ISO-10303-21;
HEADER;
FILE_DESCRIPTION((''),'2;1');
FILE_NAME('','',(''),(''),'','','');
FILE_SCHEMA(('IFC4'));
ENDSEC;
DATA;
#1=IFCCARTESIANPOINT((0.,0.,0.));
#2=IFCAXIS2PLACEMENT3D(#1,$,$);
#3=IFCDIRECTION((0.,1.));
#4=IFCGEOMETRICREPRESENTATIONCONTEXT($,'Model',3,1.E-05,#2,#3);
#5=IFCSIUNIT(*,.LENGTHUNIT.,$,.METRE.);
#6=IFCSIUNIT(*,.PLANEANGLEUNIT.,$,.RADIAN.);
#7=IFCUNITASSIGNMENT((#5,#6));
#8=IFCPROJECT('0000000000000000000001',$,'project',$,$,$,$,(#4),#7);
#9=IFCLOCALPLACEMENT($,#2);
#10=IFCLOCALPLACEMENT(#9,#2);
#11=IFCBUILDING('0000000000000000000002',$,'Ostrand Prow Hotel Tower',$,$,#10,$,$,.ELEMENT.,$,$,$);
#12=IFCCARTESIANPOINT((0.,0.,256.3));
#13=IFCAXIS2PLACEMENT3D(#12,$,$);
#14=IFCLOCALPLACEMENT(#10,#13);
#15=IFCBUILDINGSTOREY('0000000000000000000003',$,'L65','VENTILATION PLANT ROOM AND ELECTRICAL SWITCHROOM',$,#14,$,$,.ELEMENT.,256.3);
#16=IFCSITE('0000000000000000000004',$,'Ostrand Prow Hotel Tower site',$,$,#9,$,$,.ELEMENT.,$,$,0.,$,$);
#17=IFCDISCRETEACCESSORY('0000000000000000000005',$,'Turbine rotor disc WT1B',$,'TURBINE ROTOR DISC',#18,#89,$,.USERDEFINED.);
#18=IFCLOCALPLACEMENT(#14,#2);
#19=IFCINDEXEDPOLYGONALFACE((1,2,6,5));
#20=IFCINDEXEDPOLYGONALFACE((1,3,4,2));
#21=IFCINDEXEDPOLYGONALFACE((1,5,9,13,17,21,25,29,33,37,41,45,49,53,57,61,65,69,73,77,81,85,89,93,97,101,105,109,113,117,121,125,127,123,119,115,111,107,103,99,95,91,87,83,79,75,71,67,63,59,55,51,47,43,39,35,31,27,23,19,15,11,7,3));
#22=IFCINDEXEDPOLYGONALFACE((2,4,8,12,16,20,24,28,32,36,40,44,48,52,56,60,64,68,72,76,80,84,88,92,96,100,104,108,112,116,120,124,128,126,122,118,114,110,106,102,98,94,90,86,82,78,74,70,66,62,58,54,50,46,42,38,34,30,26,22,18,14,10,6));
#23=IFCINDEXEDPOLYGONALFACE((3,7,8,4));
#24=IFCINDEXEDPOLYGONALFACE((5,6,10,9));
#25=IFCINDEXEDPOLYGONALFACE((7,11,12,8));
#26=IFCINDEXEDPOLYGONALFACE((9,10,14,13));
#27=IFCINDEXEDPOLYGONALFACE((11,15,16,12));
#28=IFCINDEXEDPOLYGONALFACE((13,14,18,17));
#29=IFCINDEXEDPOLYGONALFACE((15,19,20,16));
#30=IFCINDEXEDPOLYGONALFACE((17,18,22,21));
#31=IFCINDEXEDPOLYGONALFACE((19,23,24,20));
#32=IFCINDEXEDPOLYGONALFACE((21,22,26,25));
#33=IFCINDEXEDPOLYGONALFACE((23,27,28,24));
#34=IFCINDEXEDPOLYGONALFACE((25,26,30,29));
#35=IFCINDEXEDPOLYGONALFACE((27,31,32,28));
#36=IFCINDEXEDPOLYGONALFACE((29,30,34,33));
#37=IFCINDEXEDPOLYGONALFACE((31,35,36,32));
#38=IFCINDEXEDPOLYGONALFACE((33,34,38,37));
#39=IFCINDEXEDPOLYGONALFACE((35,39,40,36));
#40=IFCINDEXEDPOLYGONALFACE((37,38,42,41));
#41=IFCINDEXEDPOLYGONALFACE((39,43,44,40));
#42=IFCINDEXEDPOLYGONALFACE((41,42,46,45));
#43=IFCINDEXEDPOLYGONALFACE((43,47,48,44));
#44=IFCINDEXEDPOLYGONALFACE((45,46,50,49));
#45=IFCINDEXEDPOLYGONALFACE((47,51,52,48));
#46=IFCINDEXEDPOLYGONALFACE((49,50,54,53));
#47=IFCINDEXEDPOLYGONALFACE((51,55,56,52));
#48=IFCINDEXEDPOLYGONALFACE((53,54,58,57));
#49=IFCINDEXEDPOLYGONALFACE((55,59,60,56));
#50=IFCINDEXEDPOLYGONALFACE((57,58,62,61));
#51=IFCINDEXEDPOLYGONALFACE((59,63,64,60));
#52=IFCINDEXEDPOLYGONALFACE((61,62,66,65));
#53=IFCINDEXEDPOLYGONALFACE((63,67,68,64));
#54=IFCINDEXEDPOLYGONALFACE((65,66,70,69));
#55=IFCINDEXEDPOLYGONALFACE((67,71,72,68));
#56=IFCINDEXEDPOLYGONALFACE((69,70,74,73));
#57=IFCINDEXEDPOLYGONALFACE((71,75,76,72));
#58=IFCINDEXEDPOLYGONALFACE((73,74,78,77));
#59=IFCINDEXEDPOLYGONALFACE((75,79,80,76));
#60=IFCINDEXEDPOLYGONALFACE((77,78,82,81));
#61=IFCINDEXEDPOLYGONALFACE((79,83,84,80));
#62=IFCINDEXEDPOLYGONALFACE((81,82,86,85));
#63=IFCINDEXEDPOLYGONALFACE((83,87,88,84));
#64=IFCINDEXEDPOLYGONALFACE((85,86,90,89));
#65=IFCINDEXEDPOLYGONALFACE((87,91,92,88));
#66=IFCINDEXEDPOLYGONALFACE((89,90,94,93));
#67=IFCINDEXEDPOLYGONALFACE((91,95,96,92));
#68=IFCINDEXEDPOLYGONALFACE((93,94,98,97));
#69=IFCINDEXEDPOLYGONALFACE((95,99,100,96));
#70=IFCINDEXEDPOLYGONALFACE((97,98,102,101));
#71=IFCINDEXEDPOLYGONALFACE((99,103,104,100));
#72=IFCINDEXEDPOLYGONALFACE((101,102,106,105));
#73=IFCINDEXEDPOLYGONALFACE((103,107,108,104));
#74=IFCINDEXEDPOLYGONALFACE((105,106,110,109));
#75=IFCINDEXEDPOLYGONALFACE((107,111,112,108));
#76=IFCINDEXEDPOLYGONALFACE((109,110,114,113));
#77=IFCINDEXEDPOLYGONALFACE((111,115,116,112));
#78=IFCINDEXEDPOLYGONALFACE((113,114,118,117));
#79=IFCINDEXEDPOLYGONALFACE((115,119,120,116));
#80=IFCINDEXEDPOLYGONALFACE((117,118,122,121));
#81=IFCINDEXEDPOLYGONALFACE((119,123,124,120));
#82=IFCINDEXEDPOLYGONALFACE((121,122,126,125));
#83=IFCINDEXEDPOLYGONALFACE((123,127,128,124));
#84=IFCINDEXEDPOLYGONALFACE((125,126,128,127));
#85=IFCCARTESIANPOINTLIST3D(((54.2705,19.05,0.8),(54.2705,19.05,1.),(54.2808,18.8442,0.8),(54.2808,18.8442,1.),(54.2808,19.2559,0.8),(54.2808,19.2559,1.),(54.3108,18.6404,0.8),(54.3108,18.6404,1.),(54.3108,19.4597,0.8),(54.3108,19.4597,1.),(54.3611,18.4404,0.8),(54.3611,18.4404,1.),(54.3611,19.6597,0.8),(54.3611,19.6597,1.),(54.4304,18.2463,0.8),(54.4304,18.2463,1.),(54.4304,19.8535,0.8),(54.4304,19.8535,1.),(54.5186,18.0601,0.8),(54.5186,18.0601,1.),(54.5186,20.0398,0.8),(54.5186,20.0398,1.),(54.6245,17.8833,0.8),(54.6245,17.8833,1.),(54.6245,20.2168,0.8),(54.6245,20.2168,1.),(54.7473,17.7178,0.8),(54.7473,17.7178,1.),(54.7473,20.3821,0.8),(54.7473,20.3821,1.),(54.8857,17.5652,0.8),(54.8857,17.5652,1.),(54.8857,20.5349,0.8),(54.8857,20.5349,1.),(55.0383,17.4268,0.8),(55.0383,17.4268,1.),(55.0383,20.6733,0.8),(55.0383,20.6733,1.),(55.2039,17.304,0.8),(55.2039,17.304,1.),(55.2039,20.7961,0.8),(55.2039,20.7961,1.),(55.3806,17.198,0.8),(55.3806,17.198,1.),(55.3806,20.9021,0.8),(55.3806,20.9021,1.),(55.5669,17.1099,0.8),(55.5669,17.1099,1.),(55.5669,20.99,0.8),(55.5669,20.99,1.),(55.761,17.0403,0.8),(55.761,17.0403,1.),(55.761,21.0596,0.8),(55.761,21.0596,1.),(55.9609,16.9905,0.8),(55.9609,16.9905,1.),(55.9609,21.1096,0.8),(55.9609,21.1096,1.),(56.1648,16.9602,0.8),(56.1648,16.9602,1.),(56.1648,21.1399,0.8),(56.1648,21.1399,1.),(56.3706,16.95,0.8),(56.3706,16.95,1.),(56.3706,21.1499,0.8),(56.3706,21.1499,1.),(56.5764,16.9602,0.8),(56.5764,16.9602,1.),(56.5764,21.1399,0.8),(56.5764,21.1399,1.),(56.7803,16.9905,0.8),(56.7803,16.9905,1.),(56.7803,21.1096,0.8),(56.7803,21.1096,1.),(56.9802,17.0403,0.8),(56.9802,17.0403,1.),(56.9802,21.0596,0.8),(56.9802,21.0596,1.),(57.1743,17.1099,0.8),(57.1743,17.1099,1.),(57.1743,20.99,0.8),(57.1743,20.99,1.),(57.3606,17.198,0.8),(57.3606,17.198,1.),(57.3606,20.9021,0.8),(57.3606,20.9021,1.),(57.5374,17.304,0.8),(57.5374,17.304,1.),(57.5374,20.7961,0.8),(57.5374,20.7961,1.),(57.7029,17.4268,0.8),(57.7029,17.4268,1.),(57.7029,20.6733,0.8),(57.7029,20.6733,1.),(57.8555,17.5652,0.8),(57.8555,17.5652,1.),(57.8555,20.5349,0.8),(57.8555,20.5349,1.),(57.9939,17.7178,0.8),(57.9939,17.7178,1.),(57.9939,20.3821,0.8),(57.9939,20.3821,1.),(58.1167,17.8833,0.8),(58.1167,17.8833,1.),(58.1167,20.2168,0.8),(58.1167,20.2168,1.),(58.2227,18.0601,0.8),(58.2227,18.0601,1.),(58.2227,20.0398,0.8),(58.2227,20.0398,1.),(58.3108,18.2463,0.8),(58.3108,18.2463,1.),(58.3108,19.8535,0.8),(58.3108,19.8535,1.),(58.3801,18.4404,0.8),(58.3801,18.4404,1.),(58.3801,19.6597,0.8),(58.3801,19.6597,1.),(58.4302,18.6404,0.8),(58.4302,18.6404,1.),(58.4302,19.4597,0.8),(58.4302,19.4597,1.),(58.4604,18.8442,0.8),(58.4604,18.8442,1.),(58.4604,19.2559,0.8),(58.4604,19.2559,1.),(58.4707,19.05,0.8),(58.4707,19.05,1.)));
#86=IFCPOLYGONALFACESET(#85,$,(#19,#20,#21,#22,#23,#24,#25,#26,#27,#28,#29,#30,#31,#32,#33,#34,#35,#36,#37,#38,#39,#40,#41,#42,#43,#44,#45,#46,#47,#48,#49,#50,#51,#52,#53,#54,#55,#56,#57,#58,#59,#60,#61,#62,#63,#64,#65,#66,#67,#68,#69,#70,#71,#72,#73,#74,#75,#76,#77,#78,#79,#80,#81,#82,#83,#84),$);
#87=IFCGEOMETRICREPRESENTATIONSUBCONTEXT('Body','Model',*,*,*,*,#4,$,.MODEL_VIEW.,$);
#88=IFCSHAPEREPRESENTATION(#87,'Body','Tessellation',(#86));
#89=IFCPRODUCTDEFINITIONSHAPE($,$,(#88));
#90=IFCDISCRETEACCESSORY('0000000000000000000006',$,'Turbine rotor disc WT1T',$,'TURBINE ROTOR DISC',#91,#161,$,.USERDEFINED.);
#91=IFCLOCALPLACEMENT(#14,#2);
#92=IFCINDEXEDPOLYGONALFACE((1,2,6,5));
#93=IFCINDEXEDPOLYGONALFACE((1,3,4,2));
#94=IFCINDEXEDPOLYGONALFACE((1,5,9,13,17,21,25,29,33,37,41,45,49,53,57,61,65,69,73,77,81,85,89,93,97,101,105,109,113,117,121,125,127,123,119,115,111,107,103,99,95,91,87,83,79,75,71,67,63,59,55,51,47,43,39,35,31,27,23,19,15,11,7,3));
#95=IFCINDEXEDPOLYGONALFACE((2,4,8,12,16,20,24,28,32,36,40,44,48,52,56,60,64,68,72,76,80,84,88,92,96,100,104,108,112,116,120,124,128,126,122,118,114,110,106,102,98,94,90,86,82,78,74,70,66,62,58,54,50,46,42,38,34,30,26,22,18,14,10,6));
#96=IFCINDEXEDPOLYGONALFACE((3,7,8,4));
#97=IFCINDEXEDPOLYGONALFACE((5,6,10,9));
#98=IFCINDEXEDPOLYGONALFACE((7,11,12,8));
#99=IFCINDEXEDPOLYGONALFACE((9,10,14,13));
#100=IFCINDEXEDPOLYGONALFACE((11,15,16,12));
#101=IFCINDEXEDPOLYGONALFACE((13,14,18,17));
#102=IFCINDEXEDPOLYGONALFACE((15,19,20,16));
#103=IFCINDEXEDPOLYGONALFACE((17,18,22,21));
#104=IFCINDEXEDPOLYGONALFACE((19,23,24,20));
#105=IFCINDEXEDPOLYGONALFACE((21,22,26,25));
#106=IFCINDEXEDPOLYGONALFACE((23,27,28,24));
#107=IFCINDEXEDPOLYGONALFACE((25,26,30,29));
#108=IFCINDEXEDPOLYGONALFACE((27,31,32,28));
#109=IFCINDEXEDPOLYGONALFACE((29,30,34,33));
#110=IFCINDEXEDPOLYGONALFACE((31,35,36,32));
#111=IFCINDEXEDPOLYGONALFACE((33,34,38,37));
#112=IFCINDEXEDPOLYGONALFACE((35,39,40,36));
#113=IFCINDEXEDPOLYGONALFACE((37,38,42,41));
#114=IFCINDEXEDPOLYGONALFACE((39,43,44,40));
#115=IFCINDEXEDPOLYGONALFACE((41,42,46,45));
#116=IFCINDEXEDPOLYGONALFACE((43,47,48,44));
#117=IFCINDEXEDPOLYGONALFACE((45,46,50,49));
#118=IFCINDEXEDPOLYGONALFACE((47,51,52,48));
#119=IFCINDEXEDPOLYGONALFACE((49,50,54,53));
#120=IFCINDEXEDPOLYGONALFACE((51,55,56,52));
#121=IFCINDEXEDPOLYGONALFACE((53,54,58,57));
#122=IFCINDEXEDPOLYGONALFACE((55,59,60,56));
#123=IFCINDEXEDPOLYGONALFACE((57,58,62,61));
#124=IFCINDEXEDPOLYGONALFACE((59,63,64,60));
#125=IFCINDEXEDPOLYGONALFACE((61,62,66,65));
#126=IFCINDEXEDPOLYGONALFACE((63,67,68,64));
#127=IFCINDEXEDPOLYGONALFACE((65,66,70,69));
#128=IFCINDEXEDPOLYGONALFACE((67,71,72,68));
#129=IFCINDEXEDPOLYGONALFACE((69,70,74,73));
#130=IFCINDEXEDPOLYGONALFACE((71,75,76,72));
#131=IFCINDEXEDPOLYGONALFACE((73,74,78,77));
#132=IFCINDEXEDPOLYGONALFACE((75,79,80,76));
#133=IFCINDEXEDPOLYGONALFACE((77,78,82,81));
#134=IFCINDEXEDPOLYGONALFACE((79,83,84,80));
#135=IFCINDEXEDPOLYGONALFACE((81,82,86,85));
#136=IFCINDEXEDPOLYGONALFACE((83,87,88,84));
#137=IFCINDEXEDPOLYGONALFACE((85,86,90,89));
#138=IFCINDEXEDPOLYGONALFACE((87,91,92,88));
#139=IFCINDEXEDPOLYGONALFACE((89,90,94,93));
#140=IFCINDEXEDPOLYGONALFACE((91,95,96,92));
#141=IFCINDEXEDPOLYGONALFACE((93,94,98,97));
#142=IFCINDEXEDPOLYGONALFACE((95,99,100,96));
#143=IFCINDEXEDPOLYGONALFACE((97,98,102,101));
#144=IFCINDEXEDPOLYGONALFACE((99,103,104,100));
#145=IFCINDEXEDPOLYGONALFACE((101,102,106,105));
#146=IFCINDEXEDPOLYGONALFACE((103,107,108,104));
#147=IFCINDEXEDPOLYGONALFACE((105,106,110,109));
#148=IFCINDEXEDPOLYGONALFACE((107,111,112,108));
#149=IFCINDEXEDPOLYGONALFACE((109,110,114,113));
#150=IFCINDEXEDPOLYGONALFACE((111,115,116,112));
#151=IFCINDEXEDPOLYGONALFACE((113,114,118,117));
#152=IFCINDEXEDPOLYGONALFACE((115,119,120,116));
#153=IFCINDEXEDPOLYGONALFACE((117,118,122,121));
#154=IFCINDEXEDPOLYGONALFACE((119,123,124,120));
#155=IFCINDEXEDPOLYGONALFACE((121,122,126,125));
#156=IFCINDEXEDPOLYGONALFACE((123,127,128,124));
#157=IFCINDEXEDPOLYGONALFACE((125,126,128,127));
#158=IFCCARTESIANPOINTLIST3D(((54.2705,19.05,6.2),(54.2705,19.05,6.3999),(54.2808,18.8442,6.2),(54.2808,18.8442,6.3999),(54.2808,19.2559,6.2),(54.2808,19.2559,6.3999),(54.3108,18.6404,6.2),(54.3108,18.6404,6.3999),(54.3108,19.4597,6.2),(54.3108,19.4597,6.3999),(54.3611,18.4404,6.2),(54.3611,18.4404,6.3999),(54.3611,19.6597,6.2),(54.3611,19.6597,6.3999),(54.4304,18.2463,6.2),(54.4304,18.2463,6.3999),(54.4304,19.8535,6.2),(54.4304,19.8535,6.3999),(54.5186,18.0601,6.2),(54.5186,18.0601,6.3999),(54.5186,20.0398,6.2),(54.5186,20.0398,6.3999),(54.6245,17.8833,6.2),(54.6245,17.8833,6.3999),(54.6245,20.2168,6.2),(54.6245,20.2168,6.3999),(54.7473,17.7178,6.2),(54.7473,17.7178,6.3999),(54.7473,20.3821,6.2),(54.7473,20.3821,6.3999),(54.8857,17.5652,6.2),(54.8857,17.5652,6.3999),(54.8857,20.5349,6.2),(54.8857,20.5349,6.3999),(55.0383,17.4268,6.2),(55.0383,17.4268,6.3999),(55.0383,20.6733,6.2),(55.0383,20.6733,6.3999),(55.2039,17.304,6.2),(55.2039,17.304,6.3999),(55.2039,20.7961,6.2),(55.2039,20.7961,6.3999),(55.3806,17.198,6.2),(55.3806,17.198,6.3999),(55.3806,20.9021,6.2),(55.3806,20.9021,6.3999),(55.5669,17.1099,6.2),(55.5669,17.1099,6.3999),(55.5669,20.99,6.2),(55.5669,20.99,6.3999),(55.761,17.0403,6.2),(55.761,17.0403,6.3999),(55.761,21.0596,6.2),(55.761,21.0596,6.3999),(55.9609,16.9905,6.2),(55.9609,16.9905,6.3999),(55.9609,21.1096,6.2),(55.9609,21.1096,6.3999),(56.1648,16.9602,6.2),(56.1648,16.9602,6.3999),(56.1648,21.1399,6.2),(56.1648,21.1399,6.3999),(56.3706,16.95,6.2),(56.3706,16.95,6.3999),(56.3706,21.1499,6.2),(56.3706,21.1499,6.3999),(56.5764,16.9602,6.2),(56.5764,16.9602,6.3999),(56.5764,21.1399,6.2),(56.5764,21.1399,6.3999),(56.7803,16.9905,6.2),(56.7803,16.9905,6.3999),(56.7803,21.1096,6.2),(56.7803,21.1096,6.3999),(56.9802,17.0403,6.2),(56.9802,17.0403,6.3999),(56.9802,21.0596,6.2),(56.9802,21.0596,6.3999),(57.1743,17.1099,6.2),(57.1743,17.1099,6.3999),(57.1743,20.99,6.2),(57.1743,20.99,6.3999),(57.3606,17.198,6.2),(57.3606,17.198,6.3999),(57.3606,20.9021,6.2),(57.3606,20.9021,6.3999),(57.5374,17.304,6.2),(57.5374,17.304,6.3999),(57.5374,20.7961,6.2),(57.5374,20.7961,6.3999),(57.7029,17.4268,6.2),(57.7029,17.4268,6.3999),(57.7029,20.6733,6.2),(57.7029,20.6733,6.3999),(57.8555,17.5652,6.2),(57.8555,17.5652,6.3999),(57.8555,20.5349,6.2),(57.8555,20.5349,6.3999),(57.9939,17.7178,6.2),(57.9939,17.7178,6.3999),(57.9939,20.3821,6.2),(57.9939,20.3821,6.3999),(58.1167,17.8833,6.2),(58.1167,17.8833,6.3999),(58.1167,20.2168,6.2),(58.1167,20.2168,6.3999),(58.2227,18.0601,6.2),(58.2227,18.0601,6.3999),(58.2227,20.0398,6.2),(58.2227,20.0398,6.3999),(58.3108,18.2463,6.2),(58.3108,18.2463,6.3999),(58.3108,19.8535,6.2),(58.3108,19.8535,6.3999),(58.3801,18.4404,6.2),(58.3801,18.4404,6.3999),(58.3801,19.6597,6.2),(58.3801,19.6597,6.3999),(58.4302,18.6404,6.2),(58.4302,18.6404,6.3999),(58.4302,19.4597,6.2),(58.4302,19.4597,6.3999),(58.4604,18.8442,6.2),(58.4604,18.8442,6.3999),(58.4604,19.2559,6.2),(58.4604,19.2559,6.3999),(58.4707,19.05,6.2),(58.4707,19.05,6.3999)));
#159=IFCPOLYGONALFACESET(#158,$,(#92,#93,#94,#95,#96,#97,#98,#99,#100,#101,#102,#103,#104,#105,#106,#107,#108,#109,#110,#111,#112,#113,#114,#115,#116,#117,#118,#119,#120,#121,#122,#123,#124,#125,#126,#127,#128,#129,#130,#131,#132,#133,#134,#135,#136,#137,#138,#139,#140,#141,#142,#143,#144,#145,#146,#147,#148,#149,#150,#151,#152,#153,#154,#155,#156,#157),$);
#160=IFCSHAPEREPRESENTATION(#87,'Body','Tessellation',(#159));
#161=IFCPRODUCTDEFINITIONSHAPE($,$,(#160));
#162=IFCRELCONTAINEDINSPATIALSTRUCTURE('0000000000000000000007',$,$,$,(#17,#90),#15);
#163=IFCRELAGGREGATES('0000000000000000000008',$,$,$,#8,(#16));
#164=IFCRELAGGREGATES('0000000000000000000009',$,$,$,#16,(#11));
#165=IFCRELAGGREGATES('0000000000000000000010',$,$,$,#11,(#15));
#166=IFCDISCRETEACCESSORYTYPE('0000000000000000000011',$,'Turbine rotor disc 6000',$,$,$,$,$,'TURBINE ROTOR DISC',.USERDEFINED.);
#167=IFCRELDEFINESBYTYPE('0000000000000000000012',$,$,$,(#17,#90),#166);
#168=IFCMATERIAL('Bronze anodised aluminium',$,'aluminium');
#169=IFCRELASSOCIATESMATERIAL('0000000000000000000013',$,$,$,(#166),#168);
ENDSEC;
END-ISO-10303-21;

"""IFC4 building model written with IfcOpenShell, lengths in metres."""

from ifc_helpers import new_model, si_unit, direction, frame, origin, place, context, subcontext, project, spatial, polyline, outline, extrude, material, type_object, element, save


model = new_model("IFC4")

# Units and contexts
model_context = context("Model", 3, precision=1e-05, world=origin(), true_north=direction((0.0, 1.0)))
body_context = subcontext(model_context, "Body", "Model", "MODEL_VIEW")
ifc_project = project(units=[si_unit("LENGTHUNIT", "METRE"), si_unit("PLANEANGLEUNIT", "RADIAN")], contexts=[model_context])

# Site, building, storey
site_placement = place(None, origin())
site = spatial("IfcSite", under=ifc_project, at=site_placement, Name="Ostrand Prow Hotel Tower site", CompositionType="ELEMENT", RefElevation=0.0)
building_placement = place(site_placement, origin())
building = spatial("IfcBuilding", under=site, at=building_placement, Name="Ostrand Prow Hotel Tower", CompositionType="ELEMENT")
storey_placement = place(building_placement, frame((0.0, 0.0, 256.3)))
storey = spatial("IfcBuildingStorey", under=building, at=storey_placement, Name="L65", Description="VENTILATION PLANT ROOM AND ELECTRICAL SWITCHROOM", CompositionType="ELEMENT", Elevation=256.3)

# Discrete accessories
ifc_material_1 = material(Name="Bronze anodised aluminium", Category="aluminium")
discrete_accessory_type = type_object("IfcDiscreteAccessoryType", Name="Turbine rotor disc 6000", ElementType="TURBINE ROTOR DISC", PredefinedType="USERDEFINED", material=ifc_material_1)
discrete_accessory_1_placement = place(storey_placement, frame((0.0, 0.0, 0.8)))
element("IfcDiscreteAccessory", 1, at=discrete_accessory_1_placement, inside=storey, type_object=discrete_accessory_type, Name="Turbine rotor disc WT1B", ObjectType="TURBINE ROTOR DISC", PredefinedType="USERDEFINED", context=body_context, shape_type="SweptSolid", body=[
    extrude(outline(polyline([(58.4707, 19.05), (58.4604, 18.8442), (58.4302, 18.6404), (58.3801, 18.4404), (58.3108, 18.2463), (58.2227, 18.0601), (58.1167, 17.8833), (57.9939, 17.7178), (57.8555, 17.5652), (57.7029, 17.4268), (57.5374, 17.304), (57.3606, 17.198), (57.1743, 17.1099), (56.9802, 17.0403), (56.7803, 16.9905), (56.5764, 16.9602), (56.3706, 16.95), (56.1648, 16.9602), (55.9609, 16.9905), (55.761, 17.0403), (55.5669, 17.1099), (55.3806, 17.198), (55.2039, 17.304), (55.0383, 17.4268), (54.8857, 17.5652), (54.7473, 17.7178), (54.6245, 17.8833), (54.5186, 18.0601), (54.4304, 18.2463), (54.3611, 18.4404), (54.3108, 18.6404), (54.2808, 18.8442), (54.2705, 19.05), (54.2808, 19.2559), (54.3108, 19.4597), (54.3611, 19.6597), (54.4304, 19.8535), (54.5186, 20.0398), (54.6245, 20.2168), (54.7473, 20.3821), (54.8857, 20.5349), (55.0383, 20.6733), (55.2039, 20.7961), (55.3806, 20.9021), (55.5669, 20.99), (55.761, 21.0596), (55.9609, 21.1096), (56.1648, 21.1399), (56.3706, 21.1499), (56.5764, 21.1399), (56.7803, 21.1096), (56.9802, 21.0596), (57.1743, 20.99), (57.3606, 20.9021), (57.5374, 20.7961), (57.7029, 20.6733), (57.8555, 20.5349), (57.9939, 20.3821), (58.1167, 20.2168), (58.2227, 20.0398), (58.3108, 19.8535), (58.3801, 19.6597), (58.4302, 19.4597), (58.4604, 19.2559), (58.4707, 19.05)])), origin(), (0.0, 0.0, 1.0), 0.2),
])
discrete_accessory_2_placement = place(storey_placement, frame((0.0, 0.0, 6.2)))
element("IfcDiscreteAccessory", 2, at=discrete_accessory_2_placement, inside=storey, type_object=discrete_accessory_type, Name="Turbine rotor disc WT1T", ObjectType="TURBINE ROTOR DISC", PredefinedType="USERDEFINED", context=body_context, shape_type="SweptSolid", body=[
    extrude(outline(polyline([(58.4707, 19.05), (58.4604, 18.8442), (58.4302, 18.6404), (58.3801, 18.4404), (58.3108, 18.2463), (58.2227, 18.0601), (58.1167, 17.8833), (57.9939, 17.7178), (57.8555, 17.5652), (57.7029, 17.4268), (57.5374, 17.304), (57.3606, 17.198), (57.1743, 17.1099), (56.9802, 17.0403), (56.7803, 16.9905), (56.5764, 16.9602), (56.3706, 16.95), (56.1648, 16.9602), (55.9609, 16.9905), (55.761, 17.0403), (55.5669, 17.1099), (55.3806, 17.198), (55.2039, 17.304), (55.0383, 17.4268), (54.8857, 17.5652), (54.7473, 17.7178), (54.6245, 17.8833), (54.5186, 18.0601), (54.4304, 18.2463), (54.3611, 18.4404), (54.3108, 18.6404), (54.2808, 18.8442), (54.2705, 19.05), (54.2808, 19.2559), (54.3108, 19.4597), (54.3611, 19.6597), (54.4304, 19.8535), (54.5186, 20.0398), (54.6245, 20.2168), (54.7473, 20.3821), (54.8857, 20.5349), (55.0383, 20.6733), (55.2039, 20.7961), (55.3806, 20.9021), (55.5669, 20.99), (55.761, 21.0596), (55.9609, 21.1096), (56.1648, 21.1399), (56.3706, 21.1499), (56.5764, 21.1399), (56.7803, 21.1096), (56.9802, 21.0596), (57.1743, 20.99), (57.3606, 20.9021), (57.5374, 20.7961), (57.7029, 20.6733), (57.8555, 20.5349), (57.9939, 20.3821), (58.1167, 20.2168), (58.2227, 20.0398), (58.3108, 19.8535), (58.3801, 19.6597), (58.4302, 19.4597), (58.4604, 19.2559), (58.4707, 19.05)])), origin(), (0.0, 0.0, 1.0), 0.2),
])

save(model, "model.ifc")
